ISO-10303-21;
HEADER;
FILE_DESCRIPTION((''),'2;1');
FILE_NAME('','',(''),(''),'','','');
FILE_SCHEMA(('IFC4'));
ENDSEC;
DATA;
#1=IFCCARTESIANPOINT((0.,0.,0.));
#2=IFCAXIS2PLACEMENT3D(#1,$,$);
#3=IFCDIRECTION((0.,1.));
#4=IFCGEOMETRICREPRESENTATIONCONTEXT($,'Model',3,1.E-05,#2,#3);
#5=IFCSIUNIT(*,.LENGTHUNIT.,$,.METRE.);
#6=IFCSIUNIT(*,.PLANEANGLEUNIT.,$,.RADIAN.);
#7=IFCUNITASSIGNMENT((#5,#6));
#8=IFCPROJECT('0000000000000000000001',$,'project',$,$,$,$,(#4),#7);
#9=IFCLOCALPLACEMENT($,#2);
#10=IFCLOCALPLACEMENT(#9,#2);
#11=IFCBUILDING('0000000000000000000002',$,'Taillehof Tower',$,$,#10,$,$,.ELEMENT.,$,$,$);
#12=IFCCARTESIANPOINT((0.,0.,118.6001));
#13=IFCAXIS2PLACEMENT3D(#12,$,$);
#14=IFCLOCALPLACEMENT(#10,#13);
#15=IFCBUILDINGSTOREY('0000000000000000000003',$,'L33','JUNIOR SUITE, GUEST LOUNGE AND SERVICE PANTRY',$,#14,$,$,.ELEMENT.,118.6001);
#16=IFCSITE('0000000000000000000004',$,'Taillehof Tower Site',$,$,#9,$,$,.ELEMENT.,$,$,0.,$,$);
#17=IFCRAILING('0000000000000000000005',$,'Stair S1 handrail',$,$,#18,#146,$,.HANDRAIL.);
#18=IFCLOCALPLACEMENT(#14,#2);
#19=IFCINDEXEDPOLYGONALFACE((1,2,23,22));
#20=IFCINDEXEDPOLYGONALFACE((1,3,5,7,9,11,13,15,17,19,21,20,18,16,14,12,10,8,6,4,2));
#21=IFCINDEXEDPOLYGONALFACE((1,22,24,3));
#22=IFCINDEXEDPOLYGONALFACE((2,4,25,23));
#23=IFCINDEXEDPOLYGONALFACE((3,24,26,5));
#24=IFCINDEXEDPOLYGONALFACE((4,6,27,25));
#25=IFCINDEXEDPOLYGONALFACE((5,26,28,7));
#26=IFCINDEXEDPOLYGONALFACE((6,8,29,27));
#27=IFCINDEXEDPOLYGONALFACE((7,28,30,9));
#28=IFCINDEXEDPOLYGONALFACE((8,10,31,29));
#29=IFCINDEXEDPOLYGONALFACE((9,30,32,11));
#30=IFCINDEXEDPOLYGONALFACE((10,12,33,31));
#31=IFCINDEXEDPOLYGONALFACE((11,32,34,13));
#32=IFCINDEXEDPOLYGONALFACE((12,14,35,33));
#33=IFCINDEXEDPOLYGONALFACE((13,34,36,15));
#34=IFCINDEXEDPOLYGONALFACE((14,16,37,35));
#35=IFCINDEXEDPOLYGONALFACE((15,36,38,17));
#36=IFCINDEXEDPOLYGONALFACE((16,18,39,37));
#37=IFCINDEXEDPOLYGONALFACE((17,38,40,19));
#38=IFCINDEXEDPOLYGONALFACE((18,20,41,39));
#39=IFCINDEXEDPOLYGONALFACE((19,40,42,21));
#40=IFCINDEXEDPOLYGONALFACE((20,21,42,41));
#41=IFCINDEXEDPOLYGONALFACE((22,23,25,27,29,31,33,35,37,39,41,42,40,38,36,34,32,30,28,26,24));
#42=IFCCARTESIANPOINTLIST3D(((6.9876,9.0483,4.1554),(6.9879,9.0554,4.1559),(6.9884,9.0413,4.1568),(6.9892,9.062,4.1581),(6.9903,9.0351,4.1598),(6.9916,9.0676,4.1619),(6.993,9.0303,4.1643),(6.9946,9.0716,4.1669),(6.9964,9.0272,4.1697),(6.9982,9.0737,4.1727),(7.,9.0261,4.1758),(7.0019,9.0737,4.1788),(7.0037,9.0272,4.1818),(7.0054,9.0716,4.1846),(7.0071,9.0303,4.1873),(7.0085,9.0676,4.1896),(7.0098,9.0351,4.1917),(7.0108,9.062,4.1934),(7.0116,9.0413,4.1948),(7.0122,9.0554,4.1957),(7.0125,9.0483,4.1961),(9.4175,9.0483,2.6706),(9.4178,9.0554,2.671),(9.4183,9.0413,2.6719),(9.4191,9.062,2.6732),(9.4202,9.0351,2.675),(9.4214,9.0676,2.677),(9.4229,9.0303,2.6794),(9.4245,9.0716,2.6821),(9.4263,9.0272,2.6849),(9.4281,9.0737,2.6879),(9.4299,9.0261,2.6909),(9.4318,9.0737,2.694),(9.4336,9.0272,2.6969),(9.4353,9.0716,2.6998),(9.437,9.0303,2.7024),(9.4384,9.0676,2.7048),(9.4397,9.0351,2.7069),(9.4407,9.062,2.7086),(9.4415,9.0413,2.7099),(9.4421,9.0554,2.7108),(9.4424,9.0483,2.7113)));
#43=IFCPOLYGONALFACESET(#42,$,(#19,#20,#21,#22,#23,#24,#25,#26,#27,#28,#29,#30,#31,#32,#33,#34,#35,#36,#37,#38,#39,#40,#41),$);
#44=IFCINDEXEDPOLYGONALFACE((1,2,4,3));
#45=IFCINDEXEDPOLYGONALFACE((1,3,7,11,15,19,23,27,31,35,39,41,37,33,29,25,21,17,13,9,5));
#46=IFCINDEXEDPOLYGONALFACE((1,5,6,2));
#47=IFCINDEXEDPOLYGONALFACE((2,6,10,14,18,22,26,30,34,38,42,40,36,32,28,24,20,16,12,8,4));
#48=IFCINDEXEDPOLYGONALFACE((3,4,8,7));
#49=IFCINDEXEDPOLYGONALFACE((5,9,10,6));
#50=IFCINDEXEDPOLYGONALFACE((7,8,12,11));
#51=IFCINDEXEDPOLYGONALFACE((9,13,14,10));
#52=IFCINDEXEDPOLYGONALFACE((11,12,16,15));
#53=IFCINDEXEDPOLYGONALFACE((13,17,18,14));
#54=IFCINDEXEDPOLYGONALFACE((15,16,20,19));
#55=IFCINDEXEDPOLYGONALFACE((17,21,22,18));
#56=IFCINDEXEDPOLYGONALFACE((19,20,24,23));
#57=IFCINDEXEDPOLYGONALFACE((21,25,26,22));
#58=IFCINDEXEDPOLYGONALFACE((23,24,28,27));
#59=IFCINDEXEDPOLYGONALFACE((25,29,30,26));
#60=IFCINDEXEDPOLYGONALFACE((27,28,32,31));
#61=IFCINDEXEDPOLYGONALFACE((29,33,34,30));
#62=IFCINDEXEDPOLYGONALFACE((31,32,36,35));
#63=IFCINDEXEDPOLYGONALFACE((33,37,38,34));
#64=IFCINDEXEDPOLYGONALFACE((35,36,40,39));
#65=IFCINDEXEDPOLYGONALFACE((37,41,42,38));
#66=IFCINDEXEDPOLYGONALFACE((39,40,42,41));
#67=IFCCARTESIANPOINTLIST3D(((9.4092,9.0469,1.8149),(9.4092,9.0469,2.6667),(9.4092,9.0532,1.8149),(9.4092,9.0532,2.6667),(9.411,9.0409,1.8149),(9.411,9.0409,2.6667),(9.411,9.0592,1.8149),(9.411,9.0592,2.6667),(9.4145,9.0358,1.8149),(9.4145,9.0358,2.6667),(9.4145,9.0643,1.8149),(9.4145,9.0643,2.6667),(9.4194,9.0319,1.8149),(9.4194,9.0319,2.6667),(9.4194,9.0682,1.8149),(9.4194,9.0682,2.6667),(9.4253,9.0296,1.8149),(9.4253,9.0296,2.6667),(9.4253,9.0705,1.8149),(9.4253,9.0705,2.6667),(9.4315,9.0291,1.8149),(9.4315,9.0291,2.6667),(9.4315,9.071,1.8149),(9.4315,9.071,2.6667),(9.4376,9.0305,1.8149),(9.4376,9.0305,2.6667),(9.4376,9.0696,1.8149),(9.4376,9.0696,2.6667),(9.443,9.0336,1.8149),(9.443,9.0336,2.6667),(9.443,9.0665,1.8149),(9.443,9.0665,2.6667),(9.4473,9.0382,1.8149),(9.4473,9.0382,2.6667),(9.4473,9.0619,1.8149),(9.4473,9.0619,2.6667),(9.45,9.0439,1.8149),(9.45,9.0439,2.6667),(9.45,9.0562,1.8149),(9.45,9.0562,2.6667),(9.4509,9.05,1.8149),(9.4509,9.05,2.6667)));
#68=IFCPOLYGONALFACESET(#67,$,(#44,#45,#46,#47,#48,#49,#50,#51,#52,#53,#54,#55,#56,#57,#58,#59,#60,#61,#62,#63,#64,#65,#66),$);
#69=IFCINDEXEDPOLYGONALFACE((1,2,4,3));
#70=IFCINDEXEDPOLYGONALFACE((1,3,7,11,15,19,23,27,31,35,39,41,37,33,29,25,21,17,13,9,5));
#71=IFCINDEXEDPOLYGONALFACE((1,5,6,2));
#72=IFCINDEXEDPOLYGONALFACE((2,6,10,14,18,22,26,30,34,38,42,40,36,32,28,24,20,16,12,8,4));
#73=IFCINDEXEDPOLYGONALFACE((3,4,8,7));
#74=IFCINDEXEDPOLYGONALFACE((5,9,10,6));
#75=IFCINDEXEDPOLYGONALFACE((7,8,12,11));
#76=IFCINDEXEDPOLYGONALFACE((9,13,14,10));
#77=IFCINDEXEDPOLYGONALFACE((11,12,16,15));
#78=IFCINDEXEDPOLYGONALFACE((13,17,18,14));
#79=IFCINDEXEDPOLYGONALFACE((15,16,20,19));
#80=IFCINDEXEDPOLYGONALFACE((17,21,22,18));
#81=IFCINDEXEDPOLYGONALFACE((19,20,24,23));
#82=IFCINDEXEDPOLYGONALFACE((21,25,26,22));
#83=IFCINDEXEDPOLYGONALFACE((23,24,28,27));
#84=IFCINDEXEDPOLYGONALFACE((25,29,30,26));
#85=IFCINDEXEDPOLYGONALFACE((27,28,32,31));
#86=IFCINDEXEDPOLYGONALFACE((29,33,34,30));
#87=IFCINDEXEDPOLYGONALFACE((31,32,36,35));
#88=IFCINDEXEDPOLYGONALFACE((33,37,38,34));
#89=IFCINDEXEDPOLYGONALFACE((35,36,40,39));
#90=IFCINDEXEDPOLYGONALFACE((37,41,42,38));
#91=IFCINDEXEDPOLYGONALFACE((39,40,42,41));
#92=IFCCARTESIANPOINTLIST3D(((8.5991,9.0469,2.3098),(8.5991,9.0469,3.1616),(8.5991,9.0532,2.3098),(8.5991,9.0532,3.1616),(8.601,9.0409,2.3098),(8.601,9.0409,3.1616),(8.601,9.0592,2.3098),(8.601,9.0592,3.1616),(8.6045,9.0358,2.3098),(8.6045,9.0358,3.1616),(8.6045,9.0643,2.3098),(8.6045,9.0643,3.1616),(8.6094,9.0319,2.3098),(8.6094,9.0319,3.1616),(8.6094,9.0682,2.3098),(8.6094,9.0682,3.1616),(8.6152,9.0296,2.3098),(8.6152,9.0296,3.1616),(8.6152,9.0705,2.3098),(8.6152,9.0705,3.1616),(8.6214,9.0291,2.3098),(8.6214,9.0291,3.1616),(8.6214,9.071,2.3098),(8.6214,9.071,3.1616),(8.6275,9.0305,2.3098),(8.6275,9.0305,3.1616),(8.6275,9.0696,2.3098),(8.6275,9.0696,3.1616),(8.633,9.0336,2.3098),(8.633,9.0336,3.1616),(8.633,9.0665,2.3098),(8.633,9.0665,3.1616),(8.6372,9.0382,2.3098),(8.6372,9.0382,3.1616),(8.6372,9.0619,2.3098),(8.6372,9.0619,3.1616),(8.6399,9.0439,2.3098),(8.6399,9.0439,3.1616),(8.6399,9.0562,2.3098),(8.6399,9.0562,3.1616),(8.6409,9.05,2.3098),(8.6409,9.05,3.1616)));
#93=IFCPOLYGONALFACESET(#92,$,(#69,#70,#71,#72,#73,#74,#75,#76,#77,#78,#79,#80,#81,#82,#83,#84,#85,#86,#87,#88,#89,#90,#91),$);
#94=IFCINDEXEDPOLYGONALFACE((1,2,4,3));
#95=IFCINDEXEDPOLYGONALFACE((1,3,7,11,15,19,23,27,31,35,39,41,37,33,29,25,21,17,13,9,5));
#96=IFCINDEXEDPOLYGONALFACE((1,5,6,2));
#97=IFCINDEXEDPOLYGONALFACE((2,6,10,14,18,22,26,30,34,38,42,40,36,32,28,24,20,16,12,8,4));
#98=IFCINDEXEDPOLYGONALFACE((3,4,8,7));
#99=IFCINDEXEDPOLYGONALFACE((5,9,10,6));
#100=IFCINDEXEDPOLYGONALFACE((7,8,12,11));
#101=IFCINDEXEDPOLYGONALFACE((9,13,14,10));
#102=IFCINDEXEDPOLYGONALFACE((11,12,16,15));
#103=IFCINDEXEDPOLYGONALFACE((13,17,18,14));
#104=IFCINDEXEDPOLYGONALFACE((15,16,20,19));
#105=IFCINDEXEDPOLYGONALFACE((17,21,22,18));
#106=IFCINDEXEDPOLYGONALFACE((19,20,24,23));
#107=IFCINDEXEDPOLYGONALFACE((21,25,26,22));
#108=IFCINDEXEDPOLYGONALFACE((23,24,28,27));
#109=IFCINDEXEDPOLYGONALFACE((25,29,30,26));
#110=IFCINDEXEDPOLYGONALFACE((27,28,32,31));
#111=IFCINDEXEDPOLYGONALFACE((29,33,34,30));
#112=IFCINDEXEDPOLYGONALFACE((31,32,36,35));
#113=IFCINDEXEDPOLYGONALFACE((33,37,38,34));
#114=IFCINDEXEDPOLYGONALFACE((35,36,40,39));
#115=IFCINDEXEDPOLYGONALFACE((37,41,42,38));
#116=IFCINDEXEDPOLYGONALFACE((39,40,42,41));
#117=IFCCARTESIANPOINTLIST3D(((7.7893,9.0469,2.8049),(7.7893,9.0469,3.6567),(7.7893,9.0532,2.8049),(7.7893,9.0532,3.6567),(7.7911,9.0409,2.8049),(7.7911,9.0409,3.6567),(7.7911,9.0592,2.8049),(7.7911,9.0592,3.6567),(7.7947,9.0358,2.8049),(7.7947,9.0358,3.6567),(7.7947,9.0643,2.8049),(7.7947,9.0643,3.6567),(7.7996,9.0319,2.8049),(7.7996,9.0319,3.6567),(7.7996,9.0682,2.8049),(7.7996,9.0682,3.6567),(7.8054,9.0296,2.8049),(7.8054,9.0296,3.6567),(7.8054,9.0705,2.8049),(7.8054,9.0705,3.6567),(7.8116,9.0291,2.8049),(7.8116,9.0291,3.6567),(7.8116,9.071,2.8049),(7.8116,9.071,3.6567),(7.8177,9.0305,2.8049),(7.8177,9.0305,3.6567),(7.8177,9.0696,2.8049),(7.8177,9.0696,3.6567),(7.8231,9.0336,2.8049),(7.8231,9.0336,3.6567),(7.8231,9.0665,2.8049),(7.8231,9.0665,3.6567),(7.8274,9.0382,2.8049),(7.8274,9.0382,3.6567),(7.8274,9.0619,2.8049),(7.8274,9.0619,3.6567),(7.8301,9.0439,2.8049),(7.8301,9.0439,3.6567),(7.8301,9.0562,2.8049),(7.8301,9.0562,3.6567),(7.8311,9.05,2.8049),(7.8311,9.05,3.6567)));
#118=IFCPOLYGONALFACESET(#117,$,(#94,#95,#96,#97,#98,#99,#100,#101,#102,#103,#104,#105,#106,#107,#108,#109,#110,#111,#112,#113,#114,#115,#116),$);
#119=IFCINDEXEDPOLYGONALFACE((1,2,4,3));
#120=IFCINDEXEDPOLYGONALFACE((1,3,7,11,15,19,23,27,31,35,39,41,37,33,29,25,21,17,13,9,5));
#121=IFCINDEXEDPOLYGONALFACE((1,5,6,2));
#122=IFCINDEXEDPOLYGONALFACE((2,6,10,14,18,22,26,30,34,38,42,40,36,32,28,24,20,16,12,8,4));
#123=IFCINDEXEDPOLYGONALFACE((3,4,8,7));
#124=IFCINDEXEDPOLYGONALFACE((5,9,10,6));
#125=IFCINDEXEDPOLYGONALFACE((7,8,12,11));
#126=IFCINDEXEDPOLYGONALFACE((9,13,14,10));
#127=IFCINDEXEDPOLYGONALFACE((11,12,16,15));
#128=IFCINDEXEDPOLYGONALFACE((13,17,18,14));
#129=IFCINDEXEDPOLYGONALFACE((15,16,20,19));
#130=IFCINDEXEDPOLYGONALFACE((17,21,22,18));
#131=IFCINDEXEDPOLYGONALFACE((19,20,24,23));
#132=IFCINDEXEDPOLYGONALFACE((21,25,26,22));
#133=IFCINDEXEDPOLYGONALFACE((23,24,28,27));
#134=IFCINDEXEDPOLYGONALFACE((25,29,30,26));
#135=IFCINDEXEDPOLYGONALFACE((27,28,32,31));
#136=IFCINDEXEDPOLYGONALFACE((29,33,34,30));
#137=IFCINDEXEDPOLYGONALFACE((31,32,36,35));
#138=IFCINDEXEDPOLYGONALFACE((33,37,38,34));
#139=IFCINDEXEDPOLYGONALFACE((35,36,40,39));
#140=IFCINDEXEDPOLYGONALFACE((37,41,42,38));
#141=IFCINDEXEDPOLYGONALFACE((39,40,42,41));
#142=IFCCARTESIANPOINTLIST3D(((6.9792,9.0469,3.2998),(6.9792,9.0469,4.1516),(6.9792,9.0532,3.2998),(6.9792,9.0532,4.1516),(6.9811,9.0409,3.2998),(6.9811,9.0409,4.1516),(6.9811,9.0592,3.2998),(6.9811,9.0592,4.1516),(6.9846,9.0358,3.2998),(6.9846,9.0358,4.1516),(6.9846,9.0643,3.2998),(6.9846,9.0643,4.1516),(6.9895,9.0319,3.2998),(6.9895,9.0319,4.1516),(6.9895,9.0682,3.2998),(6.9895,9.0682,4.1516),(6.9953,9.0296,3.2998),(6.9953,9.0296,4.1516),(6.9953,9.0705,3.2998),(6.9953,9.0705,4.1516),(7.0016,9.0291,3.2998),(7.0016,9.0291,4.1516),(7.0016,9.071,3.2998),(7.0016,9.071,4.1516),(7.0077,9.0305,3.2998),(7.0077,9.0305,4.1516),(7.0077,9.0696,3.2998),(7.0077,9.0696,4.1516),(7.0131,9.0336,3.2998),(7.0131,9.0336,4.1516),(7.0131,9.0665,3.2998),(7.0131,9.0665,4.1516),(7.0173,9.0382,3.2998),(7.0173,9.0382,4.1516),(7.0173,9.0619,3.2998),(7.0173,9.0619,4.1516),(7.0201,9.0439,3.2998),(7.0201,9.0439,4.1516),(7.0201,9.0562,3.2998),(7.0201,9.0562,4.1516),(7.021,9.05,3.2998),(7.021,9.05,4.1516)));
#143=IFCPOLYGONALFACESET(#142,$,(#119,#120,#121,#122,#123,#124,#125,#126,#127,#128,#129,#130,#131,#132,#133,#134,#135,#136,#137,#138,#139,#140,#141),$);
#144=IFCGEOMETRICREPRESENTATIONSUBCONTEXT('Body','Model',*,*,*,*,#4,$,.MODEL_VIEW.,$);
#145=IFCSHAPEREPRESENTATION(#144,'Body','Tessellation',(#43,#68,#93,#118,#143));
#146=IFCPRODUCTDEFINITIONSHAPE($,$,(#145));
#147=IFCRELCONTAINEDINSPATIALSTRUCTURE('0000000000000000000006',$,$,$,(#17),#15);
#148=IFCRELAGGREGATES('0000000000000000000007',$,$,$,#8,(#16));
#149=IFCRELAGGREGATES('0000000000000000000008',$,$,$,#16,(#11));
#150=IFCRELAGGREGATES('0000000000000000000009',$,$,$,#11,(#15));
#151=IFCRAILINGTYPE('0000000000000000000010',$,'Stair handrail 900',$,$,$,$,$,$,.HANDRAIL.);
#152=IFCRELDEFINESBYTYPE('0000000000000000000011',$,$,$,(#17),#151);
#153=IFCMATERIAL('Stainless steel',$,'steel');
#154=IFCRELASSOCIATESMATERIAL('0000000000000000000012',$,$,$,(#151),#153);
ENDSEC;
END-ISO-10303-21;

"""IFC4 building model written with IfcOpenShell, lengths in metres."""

from ifc_helpers import new_model, si_unit, direction, frame, origin, origin_2d, place, context, subcontext, project, spatial, circle, extrude, material, type_object, element, save


model = new_model("IFC4")

# Units and contexts
model_context = context("Model", 3, precision=1e-05, world=origin(), true_north=direction((0.0, 1.0)))
body_context = subcontext(model_context, "Body", "Model", "MODEL_VIEW")
ifc_project = project(units=[si_unit("LENGTHUNIT", "METRE"), si_unit("PLANEANGLEUNIT", "RADIAN")], contexts=[model_context])

# Site, building, storey
site_placement = place(None, origin())
site = spatial("IfcSite", under=ifc_project, at=site_placement, Name="Taillehof Tower Site", CompositionType="ELEMENT", RefElevation=0.0)
building_placement = place(site_placement, origin())
building = spatial("IfcBuilding", under=site, at=building_placement, Name="Taillehof Tower", CompositionType="ELEMENT")
storey_placement = place(building_placement, frame((0.0, 0.0, 118.6001)))
storey = spatial("IfcBuildingStorey", under=building, at=storey_placement, Name="L33", Description="JUNIOR SUITE, GUEST LOUNGE AND SERVICE PANTRY", CompositionType="ELEMENT", Elevation=118.6001)

# Railing
ifc_material_1 = material(Name="Stainless steel", Category="steel")
railing_type = type_object("IfcRailingType", Name="Stair handrail 900", PredefinedType="HANDRAIL", material=ifc_material_1)
railing_placement = place(storey_placement, frame((9.4299, 9.05, 1.8149)))
element("IfcRailing", 1, at=railing_placement, inside=storey, type_object=railing_type, Name="Stair S1 handrail", PredefinedType="HANDRAIL", context=body_context, shape_type="SweptSolid", body=[
    extrude(circle(Radius=0.0239, at=origin_2d()), frame((0.0, 0.0, 0.876), z_axis=(-0.853297, 0.0, 0.521426), x_axis=(0.0, -1.0, 0.0)), (0.0, 0.0, 1.0), 2.8477),
    extrude(circle(Radius=0.021, at=origin_2d()), origin(), (0.0, 0.0, 1.0), 0.8518),
    extrude(circle(Radius=0.021, at=origin_2d()), frame((-0.8101, 0.0, 0.4949)), (0.0, 0.0, 1.0), 0.8518),
    extrude(circle(Radius=0.021, at=origin_2d()), frame((-1.6199, 0.0, 0.99)), (0.0, 0.0, 1.0), 0.8518),
    extrude(circle(Radius=0.021, at=origin_2d()), frame((-2.4299, 0.0, 1.4849)), (0.0, 0.0, 1.0), 0.8518),
])

save(model, "model.ifc")
